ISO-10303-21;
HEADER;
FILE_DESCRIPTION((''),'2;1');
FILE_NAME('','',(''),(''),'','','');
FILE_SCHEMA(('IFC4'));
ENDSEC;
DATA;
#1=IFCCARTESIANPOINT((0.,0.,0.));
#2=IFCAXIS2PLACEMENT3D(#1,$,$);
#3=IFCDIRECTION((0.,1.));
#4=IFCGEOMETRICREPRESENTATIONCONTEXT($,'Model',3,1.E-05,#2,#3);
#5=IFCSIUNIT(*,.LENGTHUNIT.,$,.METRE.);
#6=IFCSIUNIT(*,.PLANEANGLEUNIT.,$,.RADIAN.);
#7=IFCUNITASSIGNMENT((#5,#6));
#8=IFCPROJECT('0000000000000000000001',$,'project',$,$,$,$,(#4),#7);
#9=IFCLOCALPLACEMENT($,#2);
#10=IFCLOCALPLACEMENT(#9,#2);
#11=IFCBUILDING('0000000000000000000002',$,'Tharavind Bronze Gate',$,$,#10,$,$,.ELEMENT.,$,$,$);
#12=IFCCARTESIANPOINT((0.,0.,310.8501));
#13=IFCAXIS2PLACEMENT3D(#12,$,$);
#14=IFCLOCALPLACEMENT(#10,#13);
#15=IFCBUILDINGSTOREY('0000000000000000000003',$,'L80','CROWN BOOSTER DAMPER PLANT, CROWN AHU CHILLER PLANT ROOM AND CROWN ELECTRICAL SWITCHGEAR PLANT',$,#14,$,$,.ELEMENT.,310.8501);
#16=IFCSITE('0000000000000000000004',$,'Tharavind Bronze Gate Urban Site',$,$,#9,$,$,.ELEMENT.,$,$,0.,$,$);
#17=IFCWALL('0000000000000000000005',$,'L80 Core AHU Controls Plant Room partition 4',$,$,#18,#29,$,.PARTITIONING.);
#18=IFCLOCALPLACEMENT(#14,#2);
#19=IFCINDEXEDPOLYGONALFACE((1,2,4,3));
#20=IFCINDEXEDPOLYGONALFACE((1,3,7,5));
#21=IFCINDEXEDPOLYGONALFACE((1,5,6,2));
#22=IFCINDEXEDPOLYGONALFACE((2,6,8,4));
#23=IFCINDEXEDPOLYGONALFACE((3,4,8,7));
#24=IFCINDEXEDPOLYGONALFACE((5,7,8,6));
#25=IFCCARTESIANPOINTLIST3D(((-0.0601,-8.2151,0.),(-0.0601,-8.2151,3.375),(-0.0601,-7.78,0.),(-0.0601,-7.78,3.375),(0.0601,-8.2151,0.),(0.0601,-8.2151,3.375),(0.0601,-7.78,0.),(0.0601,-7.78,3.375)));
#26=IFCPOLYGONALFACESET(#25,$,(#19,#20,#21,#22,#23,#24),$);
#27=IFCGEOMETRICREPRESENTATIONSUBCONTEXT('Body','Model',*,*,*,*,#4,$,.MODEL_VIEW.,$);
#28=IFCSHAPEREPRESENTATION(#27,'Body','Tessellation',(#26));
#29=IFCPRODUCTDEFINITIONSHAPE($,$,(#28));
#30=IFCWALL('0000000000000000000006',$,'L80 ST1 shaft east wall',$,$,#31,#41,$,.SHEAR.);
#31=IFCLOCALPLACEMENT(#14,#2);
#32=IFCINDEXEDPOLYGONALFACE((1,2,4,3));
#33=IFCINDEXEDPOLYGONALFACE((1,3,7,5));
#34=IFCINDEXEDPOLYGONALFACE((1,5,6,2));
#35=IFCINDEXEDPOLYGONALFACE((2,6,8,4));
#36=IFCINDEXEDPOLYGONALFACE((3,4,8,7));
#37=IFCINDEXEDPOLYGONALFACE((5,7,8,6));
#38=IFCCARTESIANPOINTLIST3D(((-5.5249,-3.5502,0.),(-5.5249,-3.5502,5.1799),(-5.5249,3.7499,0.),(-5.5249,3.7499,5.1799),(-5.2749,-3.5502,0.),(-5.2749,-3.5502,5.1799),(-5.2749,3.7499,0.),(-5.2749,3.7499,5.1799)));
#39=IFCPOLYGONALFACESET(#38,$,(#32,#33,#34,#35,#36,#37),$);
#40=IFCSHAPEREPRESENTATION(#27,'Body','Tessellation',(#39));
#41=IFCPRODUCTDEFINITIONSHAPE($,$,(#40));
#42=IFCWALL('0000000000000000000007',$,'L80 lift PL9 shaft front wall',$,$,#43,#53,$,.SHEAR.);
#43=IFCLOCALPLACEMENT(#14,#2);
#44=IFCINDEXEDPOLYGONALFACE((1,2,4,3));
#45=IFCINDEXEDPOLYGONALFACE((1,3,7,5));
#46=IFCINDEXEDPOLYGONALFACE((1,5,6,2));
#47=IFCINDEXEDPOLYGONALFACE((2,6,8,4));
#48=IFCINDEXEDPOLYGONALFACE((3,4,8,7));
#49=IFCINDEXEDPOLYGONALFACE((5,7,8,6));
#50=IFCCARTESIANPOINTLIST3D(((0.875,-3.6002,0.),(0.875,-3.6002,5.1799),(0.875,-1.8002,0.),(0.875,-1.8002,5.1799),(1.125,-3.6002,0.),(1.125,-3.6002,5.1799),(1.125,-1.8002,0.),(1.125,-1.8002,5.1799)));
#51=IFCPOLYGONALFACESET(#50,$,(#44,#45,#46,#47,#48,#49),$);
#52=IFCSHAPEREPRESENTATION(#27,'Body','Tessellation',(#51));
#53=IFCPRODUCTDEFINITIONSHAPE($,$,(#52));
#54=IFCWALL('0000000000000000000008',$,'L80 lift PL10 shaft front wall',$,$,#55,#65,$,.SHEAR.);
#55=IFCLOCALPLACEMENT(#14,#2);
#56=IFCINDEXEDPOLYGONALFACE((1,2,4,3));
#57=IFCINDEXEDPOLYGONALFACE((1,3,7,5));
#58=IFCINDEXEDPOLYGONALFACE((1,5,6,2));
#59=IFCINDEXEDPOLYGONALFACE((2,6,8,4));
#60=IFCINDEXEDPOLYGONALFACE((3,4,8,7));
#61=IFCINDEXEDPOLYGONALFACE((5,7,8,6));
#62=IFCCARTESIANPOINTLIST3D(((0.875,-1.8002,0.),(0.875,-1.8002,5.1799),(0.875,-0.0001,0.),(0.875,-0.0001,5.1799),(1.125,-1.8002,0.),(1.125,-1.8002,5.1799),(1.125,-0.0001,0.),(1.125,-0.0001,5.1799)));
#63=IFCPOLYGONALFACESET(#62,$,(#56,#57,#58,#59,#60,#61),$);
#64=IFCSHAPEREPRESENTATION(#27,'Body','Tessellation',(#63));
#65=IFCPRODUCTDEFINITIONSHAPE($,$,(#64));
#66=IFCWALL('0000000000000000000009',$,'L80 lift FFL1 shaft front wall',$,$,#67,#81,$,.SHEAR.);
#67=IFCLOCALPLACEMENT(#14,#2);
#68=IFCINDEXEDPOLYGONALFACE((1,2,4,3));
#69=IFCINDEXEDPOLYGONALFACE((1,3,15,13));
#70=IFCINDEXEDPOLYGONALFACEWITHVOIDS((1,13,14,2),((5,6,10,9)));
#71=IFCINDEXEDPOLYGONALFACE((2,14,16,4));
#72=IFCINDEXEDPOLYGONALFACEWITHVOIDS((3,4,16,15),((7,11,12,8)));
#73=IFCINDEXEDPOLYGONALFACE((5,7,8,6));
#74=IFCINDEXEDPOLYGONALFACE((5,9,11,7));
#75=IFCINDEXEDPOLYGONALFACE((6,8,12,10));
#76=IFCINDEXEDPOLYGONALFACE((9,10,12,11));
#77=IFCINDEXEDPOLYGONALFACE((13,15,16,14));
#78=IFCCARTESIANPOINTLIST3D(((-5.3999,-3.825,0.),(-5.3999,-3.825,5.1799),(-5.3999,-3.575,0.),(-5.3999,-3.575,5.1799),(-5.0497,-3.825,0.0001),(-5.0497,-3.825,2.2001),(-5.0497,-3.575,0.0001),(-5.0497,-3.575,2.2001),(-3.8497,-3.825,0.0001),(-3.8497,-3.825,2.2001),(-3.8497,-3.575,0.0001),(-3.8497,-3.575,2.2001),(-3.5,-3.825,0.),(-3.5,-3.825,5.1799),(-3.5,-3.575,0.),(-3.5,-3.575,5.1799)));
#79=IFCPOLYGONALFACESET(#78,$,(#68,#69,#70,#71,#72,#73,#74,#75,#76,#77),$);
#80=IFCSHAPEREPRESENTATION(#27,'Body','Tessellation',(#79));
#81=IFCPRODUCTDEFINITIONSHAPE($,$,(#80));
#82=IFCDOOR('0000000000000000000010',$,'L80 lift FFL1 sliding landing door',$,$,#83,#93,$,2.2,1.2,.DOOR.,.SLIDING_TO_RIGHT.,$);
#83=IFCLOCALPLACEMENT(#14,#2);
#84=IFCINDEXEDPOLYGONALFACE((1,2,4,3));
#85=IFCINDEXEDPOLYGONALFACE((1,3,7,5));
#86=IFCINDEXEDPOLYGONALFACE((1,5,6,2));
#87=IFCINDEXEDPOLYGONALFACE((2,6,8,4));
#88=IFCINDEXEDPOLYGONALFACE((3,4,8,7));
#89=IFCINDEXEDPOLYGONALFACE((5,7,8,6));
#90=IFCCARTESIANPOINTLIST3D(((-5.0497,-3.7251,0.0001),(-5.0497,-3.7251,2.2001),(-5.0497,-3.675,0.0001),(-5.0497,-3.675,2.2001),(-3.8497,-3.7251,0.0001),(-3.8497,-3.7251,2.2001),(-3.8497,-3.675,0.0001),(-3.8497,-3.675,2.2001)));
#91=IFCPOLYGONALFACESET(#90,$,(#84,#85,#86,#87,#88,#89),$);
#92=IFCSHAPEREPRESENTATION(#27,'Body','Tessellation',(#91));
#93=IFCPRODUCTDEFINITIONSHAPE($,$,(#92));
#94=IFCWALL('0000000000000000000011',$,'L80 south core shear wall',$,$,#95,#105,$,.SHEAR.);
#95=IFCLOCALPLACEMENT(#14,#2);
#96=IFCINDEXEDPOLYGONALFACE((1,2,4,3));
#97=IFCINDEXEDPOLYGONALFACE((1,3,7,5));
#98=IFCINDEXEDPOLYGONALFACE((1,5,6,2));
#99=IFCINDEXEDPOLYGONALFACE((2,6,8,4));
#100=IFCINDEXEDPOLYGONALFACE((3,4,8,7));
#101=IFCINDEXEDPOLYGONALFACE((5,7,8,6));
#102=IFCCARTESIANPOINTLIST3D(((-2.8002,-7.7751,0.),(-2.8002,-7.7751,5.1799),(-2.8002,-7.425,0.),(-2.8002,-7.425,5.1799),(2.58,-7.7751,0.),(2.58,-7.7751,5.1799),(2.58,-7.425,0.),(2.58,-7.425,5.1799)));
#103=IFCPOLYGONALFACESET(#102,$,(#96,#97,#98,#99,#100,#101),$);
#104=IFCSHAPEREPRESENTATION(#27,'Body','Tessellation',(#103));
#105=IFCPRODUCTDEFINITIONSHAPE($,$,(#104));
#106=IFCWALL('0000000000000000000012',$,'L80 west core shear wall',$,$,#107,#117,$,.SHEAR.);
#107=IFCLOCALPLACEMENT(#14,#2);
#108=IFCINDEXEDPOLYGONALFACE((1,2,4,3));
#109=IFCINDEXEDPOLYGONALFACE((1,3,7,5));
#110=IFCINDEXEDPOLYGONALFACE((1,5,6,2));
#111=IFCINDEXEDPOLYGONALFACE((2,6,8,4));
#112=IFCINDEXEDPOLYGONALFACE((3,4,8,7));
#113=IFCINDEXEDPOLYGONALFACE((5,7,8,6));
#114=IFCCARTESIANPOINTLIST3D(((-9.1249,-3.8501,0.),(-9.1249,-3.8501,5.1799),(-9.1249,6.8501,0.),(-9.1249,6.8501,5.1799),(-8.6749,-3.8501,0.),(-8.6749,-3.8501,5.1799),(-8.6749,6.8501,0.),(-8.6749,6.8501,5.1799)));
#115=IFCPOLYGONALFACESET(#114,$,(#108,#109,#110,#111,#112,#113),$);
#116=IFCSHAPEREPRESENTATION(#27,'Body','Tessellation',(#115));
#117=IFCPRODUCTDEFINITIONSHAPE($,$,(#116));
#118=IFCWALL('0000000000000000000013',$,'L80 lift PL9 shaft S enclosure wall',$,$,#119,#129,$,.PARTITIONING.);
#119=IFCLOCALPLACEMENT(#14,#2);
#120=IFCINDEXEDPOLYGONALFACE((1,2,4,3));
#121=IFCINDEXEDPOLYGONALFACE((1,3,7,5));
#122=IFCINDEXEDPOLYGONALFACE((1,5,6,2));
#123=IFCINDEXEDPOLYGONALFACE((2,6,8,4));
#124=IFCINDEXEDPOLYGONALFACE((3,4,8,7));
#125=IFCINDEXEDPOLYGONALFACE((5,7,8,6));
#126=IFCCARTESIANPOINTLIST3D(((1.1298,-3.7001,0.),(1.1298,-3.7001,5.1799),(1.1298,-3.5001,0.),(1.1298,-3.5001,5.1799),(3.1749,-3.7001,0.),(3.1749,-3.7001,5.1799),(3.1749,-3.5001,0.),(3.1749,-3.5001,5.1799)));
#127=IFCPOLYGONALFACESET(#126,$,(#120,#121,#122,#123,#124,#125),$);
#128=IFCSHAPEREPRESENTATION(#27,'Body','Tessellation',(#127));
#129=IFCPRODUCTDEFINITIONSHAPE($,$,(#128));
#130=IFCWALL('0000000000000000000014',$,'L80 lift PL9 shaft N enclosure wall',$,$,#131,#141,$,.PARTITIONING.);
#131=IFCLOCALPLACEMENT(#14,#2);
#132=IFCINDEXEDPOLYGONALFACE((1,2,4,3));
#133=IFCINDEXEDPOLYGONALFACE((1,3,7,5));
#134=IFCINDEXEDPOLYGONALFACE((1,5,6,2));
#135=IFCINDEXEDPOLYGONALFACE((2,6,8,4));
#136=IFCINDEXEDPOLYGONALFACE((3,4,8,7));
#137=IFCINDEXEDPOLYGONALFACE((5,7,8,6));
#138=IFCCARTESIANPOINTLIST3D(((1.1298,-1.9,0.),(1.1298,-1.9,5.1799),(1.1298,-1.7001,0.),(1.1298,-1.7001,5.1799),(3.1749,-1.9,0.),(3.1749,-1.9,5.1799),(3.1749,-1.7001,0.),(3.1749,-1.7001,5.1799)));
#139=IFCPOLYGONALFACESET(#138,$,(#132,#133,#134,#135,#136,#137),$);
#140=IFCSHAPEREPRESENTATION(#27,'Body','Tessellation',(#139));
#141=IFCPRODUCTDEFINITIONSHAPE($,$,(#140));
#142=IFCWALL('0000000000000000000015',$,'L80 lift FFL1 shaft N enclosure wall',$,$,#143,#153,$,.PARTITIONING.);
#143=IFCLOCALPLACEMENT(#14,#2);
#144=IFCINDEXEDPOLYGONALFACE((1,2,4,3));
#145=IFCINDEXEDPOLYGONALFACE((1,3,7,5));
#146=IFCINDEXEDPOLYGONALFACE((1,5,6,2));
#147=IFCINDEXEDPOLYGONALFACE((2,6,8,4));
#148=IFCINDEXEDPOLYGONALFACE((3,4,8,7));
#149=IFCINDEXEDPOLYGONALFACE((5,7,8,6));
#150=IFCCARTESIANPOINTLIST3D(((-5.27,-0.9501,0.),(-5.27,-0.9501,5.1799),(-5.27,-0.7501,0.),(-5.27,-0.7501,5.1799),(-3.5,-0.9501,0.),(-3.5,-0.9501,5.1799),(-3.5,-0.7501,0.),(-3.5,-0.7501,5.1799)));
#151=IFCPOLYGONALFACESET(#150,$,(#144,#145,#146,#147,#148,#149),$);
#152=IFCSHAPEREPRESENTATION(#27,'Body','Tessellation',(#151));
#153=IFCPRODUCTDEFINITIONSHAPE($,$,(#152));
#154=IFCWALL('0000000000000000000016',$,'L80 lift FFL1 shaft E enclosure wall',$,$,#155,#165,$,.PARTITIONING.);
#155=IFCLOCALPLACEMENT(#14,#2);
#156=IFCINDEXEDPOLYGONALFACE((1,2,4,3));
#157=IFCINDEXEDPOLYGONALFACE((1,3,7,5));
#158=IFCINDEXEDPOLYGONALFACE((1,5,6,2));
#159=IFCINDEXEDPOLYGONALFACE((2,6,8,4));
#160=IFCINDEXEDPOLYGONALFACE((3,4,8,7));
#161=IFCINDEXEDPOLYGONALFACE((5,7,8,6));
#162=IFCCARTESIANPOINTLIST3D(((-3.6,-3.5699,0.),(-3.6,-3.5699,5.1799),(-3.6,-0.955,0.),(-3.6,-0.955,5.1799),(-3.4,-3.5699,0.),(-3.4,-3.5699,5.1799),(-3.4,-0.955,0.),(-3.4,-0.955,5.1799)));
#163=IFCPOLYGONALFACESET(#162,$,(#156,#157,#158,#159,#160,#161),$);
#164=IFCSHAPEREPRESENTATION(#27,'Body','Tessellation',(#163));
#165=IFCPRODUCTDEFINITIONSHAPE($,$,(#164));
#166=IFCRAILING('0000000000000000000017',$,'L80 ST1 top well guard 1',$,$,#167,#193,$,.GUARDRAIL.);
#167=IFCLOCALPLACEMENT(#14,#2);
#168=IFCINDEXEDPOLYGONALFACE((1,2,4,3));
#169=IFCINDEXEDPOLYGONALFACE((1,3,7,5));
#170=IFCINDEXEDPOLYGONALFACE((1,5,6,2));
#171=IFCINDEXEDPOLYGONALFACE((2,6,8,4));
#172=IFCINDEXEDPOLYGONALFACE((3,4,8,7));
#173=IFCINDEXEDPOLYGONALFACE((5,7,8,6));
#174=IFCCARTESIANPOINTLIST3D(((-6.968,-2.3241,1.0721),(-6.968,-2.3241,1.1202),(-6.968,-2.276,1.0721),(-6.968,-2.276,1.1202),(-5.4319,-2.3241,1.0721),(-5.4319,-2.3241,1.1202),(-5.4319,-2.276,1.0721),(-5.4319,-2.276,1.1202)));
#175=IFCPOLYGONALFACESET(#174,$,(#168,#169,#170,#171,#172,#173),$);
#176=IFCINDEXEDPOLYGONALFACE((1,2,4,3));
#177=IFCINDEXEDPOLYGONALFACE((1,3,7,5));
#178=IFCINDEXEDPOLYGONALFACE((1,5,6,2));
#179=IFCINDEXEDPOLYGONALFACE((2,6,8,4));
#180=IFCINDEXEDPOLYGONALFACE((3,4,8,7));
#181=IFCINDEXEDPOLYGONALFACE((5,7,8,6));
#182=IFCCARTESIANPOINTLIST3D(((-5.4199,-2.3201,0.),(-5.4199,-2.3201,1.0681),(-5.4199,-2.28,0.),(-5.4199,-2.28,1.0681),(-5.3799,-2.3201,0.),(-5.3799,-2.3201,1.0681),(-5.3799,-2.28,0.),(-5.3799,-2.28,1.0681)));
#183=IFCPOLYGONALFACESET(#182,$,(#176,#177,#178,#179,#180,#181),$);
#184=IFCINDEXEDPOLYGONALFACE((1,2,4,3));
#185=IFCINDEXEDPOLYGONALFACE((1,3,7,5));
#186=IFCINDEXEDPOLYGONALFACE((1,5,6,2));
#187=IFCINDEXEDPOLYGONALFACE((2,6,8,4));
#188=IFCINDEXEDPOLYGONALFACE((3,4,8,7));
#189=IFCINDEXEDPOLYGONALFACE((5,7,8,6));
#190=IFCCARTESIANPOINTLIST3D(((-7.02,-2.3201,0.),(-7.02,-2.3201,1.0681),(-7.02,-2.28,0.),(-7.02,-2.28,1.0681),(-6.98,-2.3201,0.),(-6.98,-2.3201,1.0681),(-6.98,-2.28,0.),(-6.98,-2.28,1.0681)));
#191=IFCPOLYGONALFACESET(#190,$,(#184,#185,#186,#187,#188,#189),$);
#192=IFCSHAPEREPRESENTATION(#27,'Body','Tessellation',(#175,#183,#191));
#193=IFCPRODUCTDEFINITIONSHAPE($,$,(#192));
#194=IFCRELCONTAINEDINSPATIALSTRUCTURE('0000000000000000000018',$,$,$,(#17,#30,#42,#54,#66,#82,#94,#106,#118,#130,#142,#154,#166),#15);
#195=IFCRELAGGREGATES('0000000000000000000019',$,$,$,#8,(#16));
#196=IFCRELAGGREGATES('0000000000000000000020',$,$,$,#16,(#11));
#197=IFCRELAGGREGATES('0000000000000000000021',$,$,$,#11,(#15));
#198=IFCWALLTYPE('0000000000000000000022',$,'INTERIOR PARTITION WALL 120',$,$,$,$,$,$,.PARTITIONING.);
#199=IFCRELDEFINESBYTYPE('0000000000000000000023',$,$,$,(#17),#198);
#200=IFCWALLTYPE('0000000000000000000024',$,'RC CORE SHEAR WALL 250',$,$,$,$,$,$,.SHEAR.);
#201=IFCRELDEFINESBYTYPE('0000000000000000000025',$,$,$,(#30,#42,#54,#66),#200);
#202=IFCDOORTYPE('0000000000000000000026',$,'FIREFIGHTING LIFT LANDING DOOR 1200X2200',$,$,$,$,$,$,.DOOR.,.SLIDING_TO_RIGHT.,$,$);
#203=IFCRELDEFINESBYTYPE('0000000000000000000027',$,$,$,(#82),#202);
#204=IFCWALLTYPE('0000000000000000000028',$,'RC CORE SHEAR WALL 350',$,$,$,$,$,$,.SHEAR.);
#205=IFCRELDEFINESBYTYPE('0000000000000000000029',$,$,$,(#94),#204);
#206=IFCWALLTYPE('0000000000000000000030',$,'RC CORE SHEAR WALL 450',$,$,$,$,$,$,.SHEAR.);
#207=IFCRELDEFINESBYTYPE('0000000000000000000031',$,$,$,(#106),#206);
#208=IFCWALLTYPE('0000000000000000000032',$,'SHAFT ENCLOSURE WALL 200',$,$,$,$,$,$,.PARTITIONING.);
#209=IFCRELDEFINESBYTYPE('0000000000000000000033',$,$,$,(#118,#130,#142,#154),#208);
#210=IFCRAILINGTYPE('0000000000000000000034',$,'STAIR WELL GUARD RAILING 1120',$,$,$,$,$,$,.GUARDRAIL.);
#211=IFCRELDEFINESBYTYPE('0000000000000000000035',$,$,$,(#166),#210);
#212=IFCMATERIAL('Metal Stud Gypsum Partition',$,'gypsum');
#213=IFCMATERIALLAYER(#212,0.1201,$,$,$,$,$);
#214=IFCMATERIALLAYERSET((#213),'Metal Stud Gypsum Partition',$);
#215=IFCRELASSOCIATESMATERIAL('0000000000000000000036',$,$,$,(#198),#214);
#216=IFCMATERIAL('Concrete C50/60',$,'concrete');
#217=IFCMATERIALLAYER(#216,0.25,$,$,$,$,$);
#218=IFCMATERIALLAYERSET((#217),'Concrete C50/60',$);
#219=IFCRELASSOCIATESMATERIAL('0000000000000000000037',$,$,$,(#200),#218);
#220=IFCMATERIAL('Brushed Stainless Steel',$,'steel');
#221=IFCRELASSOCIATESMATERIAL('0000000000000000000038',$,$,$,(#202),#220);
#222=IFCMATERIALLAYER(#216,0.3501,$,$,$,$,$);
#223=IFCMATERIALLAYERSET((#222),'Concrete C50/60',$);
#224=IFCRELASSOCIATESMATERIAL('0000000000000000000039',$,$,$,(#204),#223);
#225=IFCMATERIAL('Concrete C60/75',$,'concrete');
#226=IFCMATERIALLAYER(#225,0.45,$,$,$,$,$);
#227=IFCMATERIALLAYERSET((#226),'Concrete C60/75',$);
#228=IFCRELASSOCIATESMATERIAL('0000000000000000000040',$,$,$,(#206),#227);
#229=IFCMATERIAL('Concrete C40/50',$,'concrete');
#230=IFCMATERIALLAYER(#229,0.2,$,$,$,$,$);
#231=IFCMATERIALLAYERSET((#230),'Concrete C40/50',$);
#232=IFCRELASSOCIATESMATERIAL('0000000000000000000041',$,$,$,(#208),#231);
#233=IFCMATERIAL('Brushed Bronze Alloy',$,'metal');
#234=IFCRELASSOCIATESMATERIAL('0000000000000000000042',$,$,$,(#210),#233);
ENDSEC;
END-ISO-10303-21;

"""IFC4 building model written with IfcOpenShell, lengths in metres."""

from ifc_helpers import new_model, si_unit, direction, frame, frame_2d, origin, origin_2d, place, context, subcontext, project, spatial, rectangle, extrude, material, layer, layer_set, type_object, element, fill, save


model = new_model("IFC4")

# Units and contexts
model_context = context("Model", 3, precision=1e-05, world=origin(), true_north=direction((0.0, 1.0)))
body_context = subcontext(model_context, "Body", "Model", "MODEL_VIEW")
ifc_project = project(units=[si_unit("LENGTHUNIT", "METRE"), si_unit("PLANEANGLEUNIT", "RADIAN")], contexts=[model_context])

# Site, building, storey
site_placement = place(None, origin())
site = spatial("IfcSite", under=ifc_project, at=site_placement, Name="Tharavind Bronze Gate Urban Site", CompositionType="ELEMENT", RefElevation=0.0)
building_placement = place(site_placement, origin())
building = spatial("IfcBuilding", under=site, at=building_placement, Name="Tharavind Bronze Gate", CompositionType="ELEMENT")
storey_placement = place(building_placement, frame((0.0, 0.0, 310.8501)))
storey = spatial("IfcBuildingStorey", under=building, at=storey_placement, Name="L80", Description="CROWN BOOSTER DAMPER PLANT, CROWN AHU CHILLER PLANT ROOM AND CROWN ELECTRICAL SWITCHGEAR PLANT", CompositionType="ELEMENT", Elevation=310.8501)

# Shared definitions
ifc_material_1 = material(Name="Concrete C50/60", Category="concrete")

# Walls
ifc_material_2 = material(Name="Metal Stud Gypsum Partition", Category="gypsum")
ifc_layer_1 = layer(ifc_material_2, 0.1201)
ifc_layer_set_1 = layer_set([ifc_layer_1], Name="Metal Stud Gypsum Partition")
wall_type_1 = type_object("IfcWallType", Name="INTERIOR PARTITION WALL 120", PredefinedType="PARTITIONING", material=ifc_layer_set_1)
wall_1_placement = place(storey_placement, frame((0.0, -7.78, 0.0), z_axis=(0.0, 0.0, 1.0), x_axis=(0.0, -1.0, 0.0)))
element("IfcWall", 1, at=wall_1_placement, inside=storey, type_object=wall_type_1, Name="L80 Core AHU Controls Plant Room partition 4", PredefinedType="PARTITIONING", context=body_context, shape_type="SweptSolid", body=[
    extrude(rectangle(XDim=0.4351, YDim=0.1201, at=frame_2d((0.2175, 0.0))), origin(), (0.0, 0.0, 1.0), 3.375),
])
ifc_layer_2 = layer(ifc_material_1, 0.25)
ifc_layer_set_2 = layer_set([ifc_layer_2], Name="Concrete C50/60")
wall_type_2 = type_object("IfcWallType", Name="RC CORE SHEAR WALL 250", PredefinedType="SHEAR", material=ifc_layer_set_2)
wall_2_placement = place(storey_placement, frame((-5.3999, -3.55, 0.0), z_axis=(0.0, 0.0, 1.0), x_axis=(0.0, 1.0, 0.0)))
element("IfcWall", 2, at=wall_2_placement, inside=storey, type_object=wall_type_2, Name="L80 ST1 shaft east wall", PredefinedType="SHEAR", context=body_context, shape_type="SweptSolid", body=[
    extrude(rectangle(XDim=7.3, YDim=0.25, at=frame_2d((3.6499, 0.0))), origin(), (0.0, 0.0, 1.0), 5.1799),
])

# Walls
for number, where, z_axis, x_axis, name in (
    (3, (1.0, -3.6001, 0.0), (0.0, 0.0, 1.0), (0.0, 1.0, 0.0), "L80 lift PL9 shaft front wall"),
    (4, (1.0, -1.8, 0.0), (0.0, 0.0, 1.0), (0.0, 1.0, 0.0), "L80 lift PL10 shaft front wall"),
):
    element("IfcWall", number, at=place(storey_placement, frame(where, z_axis=z_axis, x_axis=x_axis)), inside=storey, type_object=wall_type_2, Name=name, PredefinedType="SHEAR", context=body_context, shape_type="SweptSolid", body=[
        extrude(rectangle(XDim=1.8, YDim=0.25, at=frame_2d((0.8999, 0.0))), origin(), (0.0, 0.0, 1.0), 5.1799),
    ])

# Wall, opening, door
wall_3_placement = place(storey_placement, frame((-5.3999, -3.7, 0.0), z_axis=(0.0, 0.0, 1.0), x_axis=(1.0, 0.0, 0.0)))
wall_3 = element("IfcWall", 5, at=wall_3_placement, inside=storey, type_object=wall_type_2, Name="L80 lift FFL1 shaft front wall", PredefinedType="SHEAR", context=body_context, shape_type="SweptSolid", body=[
    extrude(rectangle(XDim=1.8999, YDim=0.25, at=frame_2d((0.95, 0.0))), origin(), (0.0, 0.0, 1.0), 5.1799),
])
opening_1_placement = place(wall_3_placement, frame((0.3501, 0.0, 0.0)))
opening_1 = element("IfcOpeningElement", 6, at=opening_1_placement, cuts=wall_3, PredefinedType="OPENING", context=body_context, shape_type="SweptSolid", body=[
    extrude(rectangle(XDim=1.2, YDim=2.2, at=frame_2d((0.6001, 1.1001))), frame((0.0, 0.135, 0.0), z_axis=(0.0, -1.0, 0.0), x_axis=(1.0, 0.0, 0.0)), (0.0, 0.0, 1.0), 0.27),
])
ifc_material_3 = material(Name="Brushed Stainless Steel", Category="steel")
door_type_1 = type_object("IfcDoorType", Name="FIREFIGHTING LIFT LANDING DOOR 1200X2200", OperationType="SLIDING_TO_RIGHT", PredefinedType="DOOR", material=ifc_material_3)
door_1_placement = place(opening_1_placement, origin())
door_1 = element("IfcDoor", 7, at=door_1_placement, inside=storey, type_object=door_type_1, Name="L80 lift FFL1 sliding landing door", OperationType="SLIDING_TO_RIGHT", OverallHeight=2.2, OverallWidth=1.2, PredefinedType="DOOR", context=body_context, shape_type="SweptSolid", body=[
    extrude(rectangle(XDim=1.2, YDim=2.2, at=frame_2d((0.6001, 1.1001))), frame((0.0, 0.0249, 0.0), z_axis=(0.0, -1.0, 0.0), x_axis=(1.0, 0.0, 0.0)), (0.0, 0.0, 1.0), 0.05),
])
fill(opening_1, door_1)

# Walls
ifc_layer_3 = layer(ifc_material_1, 0.3501)
ifc_layer_set_3 = layer_set([ifc_layer_3], Name="Concrete C50/60")
wall_type_3 = type_object("IfcWallType", Name="RC CORE SHEAR WALL 350", PredefinedType="SHEAR", material=ifc_layer_set_3)
wall_4_placement = place(storey_placement, frame((-2.8, -7.6001, 0.0), z_axis=(0.0, 0.0, 1.0), x_axis=(1.0, 0.0, 0.0)))
element("IfcWall", 8, at=wall_4_placement, inside=storey, type_object=wall_type_3, Name="L80 south core shear wall", PredefinedType="SHEAR", context=body_context, shape_type="SweptSolid", body=[
    extrude(rectangle(XDim=5.3801, YDim=0.3501, at=frame_2d((2.6899, 0.0))), origin(), (0.0, 0.0, 1.0), 5.1799),
])
ifc_material_4 = material(Name="Concrete C60/75", Category="concrete")
ifc_layer_4 = layer(ifc_material_4, 0.45)
ifc_layer_set_4 = layer_set([ifc_layer_4], Name="Concrete C60/75")
wall_type_4 = type_object("IfcWallType", Name="RC CORE SHEAR WALL 450", PredefinedType="SHEAR", material=ifc_layer_set_4)
wall_5_placement = place(storey_placement, frame((-8.8999, -3.8501, 0.0), z_axis=(0.0, 0.0, 1.0), x_axis=(0.0, 1.0, 0.0)))
element("IfcWall", 9, at=wall_5_placement, inside=storey, type_object=wall_type_4, Name="L80 west core shear wall", PredefinedType="SHEAR", context=body_context, shape_type="SweptSolid", body=[
    extrude(rectangle(XDim=10.7002, YDim=0.45, at=frame_2d((5.3501, 0.0))), origin(), (0.0, 0.0, 1.0), 5.1799),
])
ifc_material_5 = material(Name="Concrete C40/50", Category="concrete")
ifc_layer_5 = layer(ifc_material_5, 0.2)
ifc_layer_set_5 = layer_set([ifc_layer_5], Name="Concrete C40/50")
wall_type_5 = type_object("IfcWallType", Name="SHAFT ENCLOSURE WALL 200", PredefinedType="PARTITIONING", material=ifc_layer_set_5)
for number, where, z_axis, x_axis, name in (
    (10, (1.1299, -3.6001, 0.0), (0.0, 0.0, 1.0), (1.0, 0.0, 0.0), "L80 lift PL9 shaft S enclosure wall"),
    (11, (1.1299, -1.8, 0.0), (0.0, 0.0, 1.0), (1.0, 0.0, 0.0), "L80 lift PL9 shaft N enclosure wall"),
):
    element("IfcWall", number, at=place(storey_placement, frame(where, z_axis=z_axis, x_axis=x_axis)), inside=storey, type_object=wall_type_5, Name=name, PredefinedType="PARTITIONING", context=body_context, shape_type="SweptSolid", body=[
        extrude(rectangle(XDim=2.0452, YDim=0.2, at=frame_2d((1.0225, 0.0))), origin(), (0.0, 0.0, 1.0), 5.1799),
    ])
wall_6_placement = place(storey_placement, frame((-5.27, -0.8501, 0.0), z_axis=(0.0, 0.0, 1.0), x_axis=(1.0, 0.0, 0.0)))
element("IfcWall", 12, at=wall_6_placement, inside=storey, type_object=wall_type_5, Name="L80 lift FFL1 shaft N enclosure wall", PredefinedType="PARTITIONING", context=body_context, shape_type="SweptSolid", body=[
    extrude(rectangle(XDim=1.77, YDim=0.2, at=frame_2d((0.885, 0.0))), origin(), (0.0, 0.0, 1.0), 5.1799),
])
wall_7_placement = place(storey_placement, frame((-3.5, -3.5701, 0.0), z_axis=(0.0, 0.0, 1.0), x_axis=(0.0, 1.0, 0.0)))
element("IfcWall", 13, at=wall_7_placement, inside=storey, type_object=wall_type_5, Name="L80 lift FFL1 shaft E enclosure wall", PredefinedType="PARTITIONING", context=body_context, shape_type="SweptSolid", body=[
    extrude(rectangle(XDim=2.615, YDim=0.2, at=frame_2d((1.3076, 0.0))), origin(), (0.0, 0.0, 1.0), 5.1799),
])

# Railing
ifc_material_6 = material(Name="Brushed Bronze Alloy", Category="metal")
railing_type = type_object("IfcRailingType", Name="STAIR WELL GUARD RAILING 1120", PredefinedType="GUARDRAIL", material=ifc_material_6)
railing_placement = place(storey_placement, frame((-5.3999, -2.3, 0.0)))
element("IfcRailing", 14, at=railing_placement, inside=storey, type_object=railing_type, Name="L80 ST1 top well guard 1", PredefinedType="GUARDRAIL", context=body_context, shape_type="SweptSolid", body=[
    extrude(rectangle(XDim=0.0481, YDim=0.0481, at=origin_2d()), frame((-0.032, 0.0, 1.0962), z_axis=(-1.0, 0.0, 0.0), x_axis=(0.0, -1.0, 0.0)), (0.0, 0.0, 1.0), 1.5361),
    extrude(rectangle(XDim=0.04, YDim=0.04, at=origin_2d()), origin(), (0.0, 0.0, 1.0), 1.0681),
    extrude(rectangle(XDim=0.04, YDim=0.04, at=origin_2d()), frame((-1.6001, 0.0, 0.0)), (0.0, 0.0, 1.0), 1.0681),
])

save(model, "model.ifc")
